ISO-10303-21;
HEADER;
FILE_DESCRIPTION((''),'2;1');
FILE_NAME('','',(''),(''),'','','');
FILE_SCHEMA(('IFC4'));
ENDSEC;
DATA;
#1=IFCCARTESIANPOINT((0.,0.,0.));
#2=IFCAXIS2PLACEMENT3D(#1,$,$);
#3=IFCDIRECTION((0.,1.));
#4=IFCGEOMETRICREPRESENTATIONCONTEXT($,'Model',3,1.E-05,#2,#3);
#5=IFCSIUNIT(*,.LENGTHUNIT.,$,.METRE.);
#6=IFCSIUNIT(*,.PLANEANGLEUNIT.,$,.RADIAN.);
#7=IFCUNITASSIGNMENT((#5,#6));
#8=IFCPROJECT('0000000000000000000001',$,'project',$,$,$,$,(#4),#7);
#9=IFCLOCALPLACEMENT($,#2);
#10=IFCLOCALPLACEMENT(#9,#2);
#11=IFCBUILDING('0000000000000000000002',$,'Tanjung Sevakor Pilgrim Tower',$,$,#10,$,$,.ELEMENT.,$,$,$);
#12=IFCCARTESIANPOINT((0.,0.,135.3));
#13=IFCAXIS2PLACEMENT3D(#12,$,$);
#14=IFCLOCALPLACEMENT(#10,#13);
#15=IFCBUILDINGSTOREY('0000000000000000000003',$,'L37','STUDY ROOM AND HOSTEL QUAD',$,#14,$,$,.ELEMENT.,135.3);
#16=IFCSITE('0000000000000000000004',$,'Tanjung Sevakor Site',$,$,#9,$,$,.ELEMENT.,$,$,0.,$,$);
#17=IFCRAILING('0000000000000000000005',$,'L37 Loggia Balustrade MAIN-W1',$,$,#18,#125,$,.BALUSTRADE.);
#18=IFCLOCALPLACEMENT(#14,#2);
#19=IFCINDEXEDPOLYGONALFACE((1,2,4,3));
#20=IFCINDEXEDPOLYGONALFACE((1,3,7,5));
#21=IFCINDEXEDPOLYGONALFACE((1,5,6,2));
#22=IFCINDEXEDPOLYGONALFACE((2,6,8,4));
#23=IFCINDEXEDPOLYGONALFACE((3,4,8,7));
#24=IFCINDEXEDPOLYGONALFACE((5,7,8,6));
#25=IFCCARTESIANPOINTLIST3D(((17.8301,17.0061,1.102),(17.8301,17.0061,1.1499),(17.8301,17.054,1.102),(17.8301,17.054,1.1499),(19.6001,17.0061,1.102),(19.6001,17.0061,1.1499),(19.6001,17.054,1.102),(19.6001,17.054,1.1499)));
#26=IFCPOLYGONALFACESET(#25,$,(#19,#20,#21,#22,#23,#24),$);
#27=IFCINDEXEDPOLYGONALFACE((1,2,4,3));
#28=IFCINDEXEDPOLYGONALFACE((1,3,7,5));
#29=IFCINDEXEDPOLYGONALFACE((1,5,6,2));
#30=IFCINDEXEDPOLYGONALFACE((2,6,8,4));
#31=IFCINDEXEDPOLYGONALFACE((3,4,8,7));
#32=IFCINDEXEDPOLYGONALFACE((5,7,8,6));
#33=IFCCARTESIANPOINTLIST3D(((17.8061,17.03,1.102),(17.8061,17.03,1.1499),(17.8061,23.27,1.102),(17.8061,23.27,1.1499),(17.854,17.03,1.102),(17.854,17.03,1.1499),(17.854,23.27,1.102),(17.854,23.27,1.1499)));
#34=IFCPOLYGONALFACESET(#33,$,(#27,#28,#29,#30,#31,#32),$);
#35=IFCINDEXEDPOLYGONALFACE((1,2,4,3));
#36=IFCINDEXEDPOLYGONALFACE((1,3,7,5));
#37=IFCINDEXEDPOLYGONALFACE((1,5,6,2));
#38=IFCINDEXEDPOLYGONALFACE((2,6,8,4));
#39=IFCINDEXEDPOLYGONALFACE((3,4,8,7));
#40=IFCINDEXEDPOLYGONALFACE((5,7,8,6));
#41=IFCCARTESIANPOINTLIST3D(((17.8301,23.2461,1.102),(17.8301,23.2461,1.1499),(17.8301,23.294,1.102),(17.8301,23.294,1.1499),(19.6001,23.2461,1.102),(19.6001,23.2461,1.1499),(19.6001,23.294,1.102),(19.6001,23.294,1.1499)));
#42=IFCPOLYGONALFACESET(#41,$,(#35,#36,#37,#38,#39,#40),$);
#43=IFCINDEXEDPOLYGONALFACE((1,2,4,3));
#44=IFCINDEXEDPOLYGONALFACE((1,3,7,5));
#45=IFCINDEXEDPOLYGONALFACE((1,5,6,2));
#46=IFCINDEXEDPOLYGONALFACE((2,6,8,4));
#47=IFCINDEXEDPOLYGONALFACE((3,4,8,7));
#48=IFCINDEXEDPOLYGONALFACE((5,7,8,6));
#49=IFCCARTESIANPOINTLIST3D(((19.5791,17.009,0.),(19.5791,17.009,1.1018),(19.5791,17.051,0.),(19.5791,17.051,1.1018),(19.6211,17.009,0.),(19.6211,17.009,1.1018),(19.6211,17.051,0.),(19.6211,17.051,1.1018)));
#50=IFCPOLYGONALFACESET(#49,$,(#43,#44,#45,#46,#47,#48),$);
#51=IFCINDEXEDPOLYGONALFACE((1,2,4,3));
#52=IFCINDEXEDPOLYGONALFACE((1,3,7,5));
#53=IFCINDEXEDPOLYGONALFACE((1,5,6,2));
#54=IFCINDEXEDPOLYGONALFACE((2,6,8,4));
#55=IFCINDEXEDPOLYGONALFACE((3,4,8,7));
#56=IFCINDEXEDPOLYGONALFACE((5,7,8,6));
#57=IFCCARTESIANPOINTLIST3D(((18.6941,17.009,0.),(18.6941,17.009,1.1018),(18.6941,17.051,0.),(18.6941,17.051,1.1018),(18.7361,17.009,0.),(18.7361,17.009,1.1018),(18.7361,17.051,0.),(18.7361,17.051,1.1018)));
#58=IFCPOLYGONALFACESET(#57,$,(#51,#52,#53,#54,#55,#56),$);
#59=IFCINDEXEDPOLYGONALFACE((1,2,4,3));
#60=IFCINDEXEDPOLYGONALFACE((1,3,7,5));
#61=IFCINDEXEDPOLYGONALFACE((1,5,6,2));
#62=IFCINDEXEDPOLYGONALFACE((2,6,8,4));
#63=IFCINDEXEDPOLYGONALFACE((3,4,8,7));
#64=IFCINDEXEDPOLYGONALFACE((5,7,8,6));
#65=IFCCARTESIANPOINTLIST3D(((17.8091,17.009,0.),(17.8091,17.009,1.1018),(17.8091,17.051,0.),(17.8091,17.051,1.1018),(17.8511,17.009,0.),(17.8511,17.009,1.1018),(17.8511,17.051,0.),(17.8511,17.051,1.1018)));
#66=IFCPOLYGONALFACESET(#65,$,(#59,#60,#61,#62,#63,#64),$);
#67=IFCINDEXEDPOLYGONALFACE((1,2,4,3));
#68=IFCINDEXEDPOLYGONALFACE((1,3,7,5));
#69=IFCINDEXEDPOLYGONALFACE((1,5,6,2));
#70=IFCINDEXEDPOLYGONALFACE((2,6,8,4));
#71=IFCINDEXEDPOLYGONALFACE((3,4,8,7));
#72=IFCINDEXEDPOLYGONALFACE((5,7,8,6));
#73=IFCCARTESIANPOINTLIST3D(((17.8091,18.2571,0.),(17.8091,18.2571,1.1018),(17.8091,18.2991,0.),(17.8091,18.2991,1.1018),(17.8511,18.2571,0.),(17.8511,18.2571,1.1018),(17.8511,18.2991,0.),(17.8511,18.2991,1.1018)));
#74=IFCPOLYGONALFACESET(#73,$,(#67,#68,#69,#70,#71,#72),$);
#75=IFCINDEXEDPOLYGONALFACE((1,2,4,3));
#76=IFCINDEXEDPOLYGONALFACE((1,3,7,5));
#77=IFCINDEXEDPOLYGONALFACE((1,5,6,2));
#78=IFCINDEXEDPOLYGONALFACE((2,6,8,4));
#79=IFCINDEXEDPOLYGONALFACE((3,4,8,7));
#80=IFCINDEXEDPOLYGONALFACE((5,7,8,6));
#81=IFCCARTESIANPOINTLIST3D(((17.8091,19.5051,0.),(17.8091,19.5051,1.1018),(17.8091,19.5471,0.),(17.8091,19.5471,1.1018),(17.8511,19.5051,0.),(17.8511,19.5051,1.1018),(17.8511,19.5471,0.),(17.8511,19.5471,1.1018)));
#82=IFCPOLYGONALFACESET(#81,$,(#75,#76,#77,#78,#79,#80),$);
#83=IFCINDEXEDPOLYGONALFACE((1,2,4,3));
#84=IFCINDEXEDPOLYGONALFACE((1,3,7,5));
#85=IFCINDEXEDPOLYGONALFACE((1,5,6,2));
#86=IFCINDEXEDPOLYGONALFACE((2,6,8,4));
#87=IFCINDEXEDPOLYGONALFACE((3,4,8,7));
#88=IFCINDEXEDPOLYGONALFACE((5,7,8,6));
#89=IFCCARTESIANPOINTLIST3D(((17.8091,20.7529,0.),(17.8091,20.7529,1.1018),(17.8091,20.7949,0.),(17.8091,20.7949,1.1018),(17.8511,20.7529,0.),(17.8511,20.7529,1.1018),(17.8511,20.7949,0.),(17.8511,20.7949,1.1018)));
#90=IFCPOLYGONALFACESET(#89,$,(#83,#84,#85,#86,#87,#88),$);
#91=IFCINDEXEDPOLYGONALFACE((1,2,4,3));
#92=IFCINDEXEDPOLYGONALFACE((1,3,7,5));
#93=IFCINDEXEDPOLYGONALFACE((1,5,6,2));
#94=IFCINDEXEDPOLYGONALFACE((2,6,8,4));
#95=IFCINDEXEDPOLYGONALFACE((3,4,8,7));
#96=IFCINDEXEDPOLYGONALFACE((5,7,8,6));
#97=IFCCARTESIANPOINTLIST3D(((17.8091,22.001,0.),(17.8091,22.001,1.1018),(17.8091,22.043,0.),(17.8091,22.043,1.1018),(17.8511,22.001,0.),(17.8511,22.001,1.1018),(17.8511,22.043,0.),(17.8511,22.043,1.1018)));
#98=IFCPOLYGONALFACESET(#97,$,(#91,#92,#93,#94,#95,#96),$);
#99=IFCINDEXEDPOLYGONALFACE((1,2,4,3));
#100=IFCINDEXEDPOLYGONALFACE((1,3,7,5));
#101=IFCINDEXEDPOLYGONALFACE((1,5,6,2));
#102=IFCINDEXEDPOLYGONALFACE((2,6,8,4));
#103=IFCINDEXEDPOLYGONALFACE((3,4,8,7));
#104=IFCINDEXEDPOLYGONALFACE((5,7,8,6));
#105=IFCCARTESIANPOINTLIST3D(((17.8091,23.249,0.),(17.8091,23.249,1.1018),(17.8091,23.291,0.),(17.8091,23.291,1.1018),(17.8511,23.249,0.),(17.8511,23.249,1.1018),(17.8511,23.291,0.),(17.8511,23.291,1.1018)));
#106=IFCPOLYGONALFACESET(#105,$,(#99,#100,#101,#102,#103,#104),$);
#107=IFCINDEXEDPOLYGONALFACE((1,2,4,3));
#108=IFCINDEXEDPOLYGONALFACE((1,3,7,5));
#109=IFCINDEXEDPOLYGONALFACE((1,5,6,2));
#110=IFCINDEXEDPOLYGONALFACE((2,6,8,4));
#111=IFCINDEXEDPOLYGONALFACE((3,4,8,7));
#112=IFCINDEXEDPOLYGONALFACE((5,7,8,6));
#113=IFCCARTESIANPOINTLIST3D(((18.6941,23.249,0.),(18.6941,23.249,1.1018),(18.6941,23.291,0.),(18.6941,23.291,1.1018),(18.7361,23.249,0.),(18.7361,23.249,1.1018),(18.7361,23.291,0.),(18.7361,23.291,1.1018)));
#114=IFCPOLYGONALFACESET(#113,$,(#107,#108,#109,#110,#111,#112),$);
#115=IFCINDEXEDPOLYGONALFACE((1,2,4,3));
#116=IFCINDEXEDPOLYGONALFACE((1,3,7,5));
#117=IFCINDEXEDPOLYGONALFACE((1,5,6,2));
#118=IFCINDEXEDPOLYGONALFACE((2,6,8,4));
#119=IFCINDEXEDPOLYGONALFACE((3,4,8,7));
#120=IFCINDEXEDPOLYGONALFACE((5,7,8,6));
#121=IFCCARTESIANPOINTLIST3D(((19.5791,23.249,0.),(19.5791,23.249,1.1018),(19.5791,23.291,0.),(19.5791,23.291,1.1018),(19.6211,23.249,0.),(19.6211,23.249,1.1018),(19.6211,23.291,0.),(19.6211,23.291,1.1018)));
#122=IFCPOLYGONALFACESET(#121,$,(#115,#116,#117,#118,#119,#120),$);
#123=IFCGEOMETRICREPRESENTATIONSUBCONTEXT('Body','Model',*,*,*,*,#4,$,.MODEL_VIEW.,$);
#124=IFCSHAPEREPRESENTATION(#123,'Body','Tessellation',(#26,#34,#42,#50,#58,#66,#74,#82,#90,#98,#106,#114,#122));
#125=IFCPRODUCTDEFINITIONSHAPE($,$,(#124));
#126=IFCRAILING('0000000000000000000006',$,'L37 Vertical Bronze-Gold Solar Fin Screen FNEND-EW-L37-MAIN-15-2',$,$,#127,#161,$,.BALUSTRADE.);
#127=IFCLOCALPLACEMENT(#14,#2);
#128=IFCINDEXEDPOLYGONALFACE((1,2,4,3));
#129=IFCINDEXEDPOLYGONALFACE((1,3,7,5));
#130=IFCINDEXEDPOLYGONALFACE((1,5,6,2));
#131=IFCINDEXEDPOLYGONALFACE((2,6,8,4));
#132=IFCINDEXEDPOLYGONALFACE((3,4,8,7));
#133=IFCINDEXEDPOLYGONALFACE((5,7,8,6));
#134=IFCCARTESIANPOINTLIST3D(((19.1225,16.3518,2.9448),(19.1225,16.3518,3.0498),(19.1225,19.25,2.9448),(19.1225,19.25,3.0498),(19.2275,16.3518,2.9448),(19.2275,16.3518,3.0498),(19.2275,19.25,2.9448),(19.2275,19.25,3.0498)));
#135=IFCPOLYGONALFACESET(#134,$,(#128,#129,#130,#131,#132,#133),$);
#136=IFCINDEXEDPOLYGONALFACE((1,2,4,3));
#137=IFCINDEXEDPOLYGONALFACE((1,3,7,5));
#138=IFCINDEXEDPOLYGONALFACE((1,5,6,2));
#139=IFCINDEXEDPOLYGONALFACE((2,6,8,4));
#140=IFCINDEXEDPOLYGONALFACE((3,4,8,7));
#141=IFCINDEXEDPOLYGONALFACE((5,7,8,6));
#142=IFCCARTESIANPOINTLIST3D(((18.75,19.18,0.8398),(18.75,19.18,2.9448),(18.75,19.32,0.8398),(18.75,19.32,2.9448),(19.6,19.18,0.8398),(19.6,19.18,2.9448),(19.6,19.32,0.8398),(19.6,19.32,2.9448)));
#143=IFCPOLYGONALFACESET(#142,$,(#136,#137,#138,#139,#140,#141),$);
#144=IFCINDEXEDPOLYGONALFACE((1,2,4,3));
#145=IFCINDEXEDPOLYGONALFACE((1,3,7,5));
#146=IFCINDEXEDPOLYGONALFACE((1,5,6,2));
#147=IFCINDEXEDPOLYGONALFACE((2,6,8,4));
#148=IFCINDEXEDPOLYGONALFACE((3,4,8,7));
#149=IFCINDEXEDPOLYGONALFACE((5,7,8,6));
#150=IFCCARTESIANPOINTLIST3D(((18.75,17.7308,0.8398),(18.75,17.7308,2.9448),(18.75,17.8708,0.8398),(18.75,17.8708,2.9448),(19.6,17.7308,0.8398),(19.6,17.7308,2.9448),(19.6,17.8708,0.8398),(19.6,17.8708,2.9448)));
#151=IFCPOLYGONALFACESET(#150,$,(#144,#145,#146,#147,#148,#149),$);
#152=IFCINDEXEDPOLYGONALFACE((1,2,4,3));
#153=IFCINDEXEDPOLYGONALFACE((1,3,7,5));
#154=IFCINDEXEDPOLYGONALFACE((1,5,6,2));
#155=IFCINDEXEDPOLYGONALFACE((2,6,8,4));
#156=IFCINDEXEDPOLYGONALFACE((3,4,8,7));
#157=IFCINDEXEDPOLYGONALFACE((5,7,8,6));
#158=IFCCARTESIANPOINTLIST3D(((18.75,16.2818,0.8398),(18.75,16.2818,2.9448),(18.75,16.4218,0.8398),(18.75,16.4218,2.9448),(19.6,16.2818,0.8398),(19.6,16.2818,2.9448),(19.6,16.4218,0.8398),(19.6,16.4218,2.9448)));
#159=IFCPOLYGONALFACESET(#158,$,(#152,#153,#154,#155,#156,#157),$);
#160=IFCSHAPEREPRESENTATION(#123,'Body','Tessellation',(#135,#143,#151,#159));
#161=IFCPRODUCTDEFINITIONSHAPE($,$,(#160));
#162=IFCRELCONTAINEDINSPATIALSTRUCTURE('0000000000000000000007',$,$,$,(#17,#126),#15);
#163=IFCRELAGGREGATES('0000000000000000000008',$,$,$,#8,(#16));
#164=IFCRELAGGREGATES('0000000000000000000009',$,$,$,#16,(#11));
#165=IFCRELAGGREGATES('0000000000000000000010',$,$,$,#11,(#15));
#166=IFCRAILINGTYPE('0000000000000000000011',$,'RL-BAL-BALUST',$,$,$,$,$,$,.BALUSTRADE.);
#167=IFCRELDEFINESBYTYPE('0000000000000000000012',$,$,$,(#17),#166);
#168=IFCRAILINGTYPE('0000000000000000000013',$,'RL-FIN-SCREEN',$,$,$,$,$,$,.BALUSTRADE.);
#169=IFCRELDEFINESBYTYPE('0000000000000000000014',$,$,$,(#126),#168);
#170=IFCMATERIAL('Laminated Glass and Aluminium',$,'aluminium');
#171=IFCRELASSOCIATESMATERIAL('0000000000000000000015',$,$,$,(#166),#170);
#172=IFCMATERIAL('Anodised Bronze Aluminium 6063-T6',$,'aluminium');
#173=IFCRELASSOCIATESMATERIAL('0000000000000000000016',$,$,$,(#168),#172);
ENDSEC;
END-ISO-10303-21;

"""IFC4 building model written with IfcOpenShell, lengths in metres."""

from ifc_helpers import new_model, si_unit, direction, frame, origin, place, context, subcontext, project, spatial, rectangle, extrude, material, type_object, element, save


model = new_model("IFC4")

# Units and contexts
model_context = context("Model", 3, precision=1e-05, world=origin(), true_north=direction((0.0, 1.0)))
body_context = subcontext(model_context, "Body", "Model", "MODEL_VIEW")
ifc_project = project(units=[si_unit("LENGTHUNIT", "METRE"), si_unit("PLANEANGLEUNIT", "RADIAN")], contexts=[model_context])

# Site, building, storey
site_placement = place(None, origin())
site = spatial("IfcSite", under=ifc_project, at=site_placement, Name="Tanjung Sevakor Site", CompositionType="ELEMENT", RefElevation=0.0)
building_placement = place(site_placement, origin())
building = spatial("IfcBuilding", under=site, at=building_placement, Name="Tanjung Sevakor Pilgrim Tower", CompositionType="ELEMENT")
storey_placement = place(building_placement, frame((0.0, 0.0, 135.3)))
storey = spatial("IfcBuildingStorey", under=building, at=storey_placement, Name="L37", Description="STUDY ROOM AND HOSTEL QUAD", CompositionType="ELEMENT", Elevation=135.3)

# Railings
ifc_material_1 = material(Name="Laminated Glass and Aluminium", Category="aluminium")
railing_type_1 = type_object("IfcRailingType", Name="RL-BAL-BALUST", PredefinedType="BALUSTRADE", material=ifc_material_1)
railing_1_placement = place(storey_placement, frame((19.6001, 17.03, 0.0)))
element("IfcRailing", 1, at=railing_1_placement, inside=storey, type_object=railing_type_1, Name="L37 Loggia Balustrade MAIN-W1", PredefinedType="BALUSTRADE", context=body_context, shape_type="SweptSolid", body=[
    extrude(rectangle(XDim=0.0479, YDim=0.0479), frame((0.0, 0.0, 1.126), z_axis=(-1.0, 0.0, 0.0), x_axis=(0.0, -1.0, 0.0)), (0.0, 0.0, 1.0), 1.77),
    extrude(rectangle(XDim=0.0479, YDim=0.0479), frame((-1.77, 0.0, 1.126), z_axis=(0.0, 1.0, 0.0), x_axis=(-1.0, 0.0, 0.0)), (0.0, 0.0, 1.0), 6.24),
    extrude(rectangle(XDim=0.0479, YDim=0.0479), frame((-1.77, 6.24, 1.126), z_axis=(1.0, 0.0, 0.0), x_axis=(0.0, 1.0, 0.0)), (0.0, 0.0, 1.0), 1.77),
    extrude(rectangle(XDim=0.042, YDim=0.042), origin(), (0.0, 0.0, 1.0), 1.1018),
    extrude(rectangle(XDim=0.042, YDim=0.042), frame((-0.885, 0.0, 0.0)), (0.0, 0.0, 1.0), 1.1018),
    extrude(rectangle(XDim=0.042, YDim=0.042), frame((-1.77, 0.0, 0.0)), (0.0, 0.0, 1.0), 1.1018),
    extrude(rectangle(XDim=0.042, YDim=0.042), frame((-1.77, 1.248, 0.0)), (0.0, 0.0, 1.0), 1.1018),
    extrude(rectangle(XDim=0.042, YDim=0.042), frame((-1.77, 2.4961, 0.0)), (0.0, 0.0, 1.0), 1.1018),
    extrude(rectangle(XDim=0.042, YDim=0.042), frame((-1.77, 3.7439, 0.0)), (0.0, 0.0, 1.0), 1.1018),
    extrude(rectangle(XDim=0.042, YDim=0.042), frame((-1.77, 4.9919, 0.0)), (0.0, 0.0, 1.0), 1.1018),
    extrude(rectangle(XDim=0.042, YDim=0.042), frame((-1.77, 6.24, 0.0)), (0.0, 0.0, 1.0), 1.1018),
    extrude(rectangle(XDim=0.042, YDim=0.042), frame((-0.885, 6.24, 0.0)), (0.0, 0.0, 1.0), 1.1018),
    extrude(rectangle(XDim=0.042, YDim=0.042), frame((0.0, 6.24, 0.0)), (0.0, 0.0, 1.0), 1.1018),
])
ifc_material_2 = material(Name="Anodised Bronze Aluminium 6063-T6", Category="aluminium")
railing_type_2 = type_object("IfcRailingType", Name="RL-FIN-SCREEN", PredefinedType="BALUSTRADE", material=ifc_material_2)
railing_2_placement = place(storey_placement, frame((19.175, 19.25, 0.8398)))
element("IfcRailing", 2, at=railing_2_placement, inside=storey, type_object=railing_type_2, Name="L37 Vertical Bronze-Gold Solar Fin Screen FNEND-EW-L37-MAIN-15-2", PredefinedType="BALUSTRADE", context=body_context, shape_type="SweptSolid", body=[
    extrude(rectangle(XDim=0.105, YDim=0.105), frame((0.0, 0.0, 2.1575), z_axis=(0.0, -1.0, 0.0), x_axis=(1.0, 0.0, 0.0)), (0.0, 0.0, 1.0), 2.8982),
    extrude(rectangle(XDim=0.85, YDim=0.14), origin(), (0.0, 0.0, 1.0), 2.105),
    extrude(rectangle(XDim=0.85, YDim=0.14), frame((0.0, -1.4492, 0.0)), (0.0, 0.0, 1.0), 2.105),
    extrude(rectangle(XDim=0.85, YDim=0.14), frame((0.0, -2.8982, 0.0)), (0.0, 0.0, 1.0), 2.105),
])

save(model, "model.ifc")
